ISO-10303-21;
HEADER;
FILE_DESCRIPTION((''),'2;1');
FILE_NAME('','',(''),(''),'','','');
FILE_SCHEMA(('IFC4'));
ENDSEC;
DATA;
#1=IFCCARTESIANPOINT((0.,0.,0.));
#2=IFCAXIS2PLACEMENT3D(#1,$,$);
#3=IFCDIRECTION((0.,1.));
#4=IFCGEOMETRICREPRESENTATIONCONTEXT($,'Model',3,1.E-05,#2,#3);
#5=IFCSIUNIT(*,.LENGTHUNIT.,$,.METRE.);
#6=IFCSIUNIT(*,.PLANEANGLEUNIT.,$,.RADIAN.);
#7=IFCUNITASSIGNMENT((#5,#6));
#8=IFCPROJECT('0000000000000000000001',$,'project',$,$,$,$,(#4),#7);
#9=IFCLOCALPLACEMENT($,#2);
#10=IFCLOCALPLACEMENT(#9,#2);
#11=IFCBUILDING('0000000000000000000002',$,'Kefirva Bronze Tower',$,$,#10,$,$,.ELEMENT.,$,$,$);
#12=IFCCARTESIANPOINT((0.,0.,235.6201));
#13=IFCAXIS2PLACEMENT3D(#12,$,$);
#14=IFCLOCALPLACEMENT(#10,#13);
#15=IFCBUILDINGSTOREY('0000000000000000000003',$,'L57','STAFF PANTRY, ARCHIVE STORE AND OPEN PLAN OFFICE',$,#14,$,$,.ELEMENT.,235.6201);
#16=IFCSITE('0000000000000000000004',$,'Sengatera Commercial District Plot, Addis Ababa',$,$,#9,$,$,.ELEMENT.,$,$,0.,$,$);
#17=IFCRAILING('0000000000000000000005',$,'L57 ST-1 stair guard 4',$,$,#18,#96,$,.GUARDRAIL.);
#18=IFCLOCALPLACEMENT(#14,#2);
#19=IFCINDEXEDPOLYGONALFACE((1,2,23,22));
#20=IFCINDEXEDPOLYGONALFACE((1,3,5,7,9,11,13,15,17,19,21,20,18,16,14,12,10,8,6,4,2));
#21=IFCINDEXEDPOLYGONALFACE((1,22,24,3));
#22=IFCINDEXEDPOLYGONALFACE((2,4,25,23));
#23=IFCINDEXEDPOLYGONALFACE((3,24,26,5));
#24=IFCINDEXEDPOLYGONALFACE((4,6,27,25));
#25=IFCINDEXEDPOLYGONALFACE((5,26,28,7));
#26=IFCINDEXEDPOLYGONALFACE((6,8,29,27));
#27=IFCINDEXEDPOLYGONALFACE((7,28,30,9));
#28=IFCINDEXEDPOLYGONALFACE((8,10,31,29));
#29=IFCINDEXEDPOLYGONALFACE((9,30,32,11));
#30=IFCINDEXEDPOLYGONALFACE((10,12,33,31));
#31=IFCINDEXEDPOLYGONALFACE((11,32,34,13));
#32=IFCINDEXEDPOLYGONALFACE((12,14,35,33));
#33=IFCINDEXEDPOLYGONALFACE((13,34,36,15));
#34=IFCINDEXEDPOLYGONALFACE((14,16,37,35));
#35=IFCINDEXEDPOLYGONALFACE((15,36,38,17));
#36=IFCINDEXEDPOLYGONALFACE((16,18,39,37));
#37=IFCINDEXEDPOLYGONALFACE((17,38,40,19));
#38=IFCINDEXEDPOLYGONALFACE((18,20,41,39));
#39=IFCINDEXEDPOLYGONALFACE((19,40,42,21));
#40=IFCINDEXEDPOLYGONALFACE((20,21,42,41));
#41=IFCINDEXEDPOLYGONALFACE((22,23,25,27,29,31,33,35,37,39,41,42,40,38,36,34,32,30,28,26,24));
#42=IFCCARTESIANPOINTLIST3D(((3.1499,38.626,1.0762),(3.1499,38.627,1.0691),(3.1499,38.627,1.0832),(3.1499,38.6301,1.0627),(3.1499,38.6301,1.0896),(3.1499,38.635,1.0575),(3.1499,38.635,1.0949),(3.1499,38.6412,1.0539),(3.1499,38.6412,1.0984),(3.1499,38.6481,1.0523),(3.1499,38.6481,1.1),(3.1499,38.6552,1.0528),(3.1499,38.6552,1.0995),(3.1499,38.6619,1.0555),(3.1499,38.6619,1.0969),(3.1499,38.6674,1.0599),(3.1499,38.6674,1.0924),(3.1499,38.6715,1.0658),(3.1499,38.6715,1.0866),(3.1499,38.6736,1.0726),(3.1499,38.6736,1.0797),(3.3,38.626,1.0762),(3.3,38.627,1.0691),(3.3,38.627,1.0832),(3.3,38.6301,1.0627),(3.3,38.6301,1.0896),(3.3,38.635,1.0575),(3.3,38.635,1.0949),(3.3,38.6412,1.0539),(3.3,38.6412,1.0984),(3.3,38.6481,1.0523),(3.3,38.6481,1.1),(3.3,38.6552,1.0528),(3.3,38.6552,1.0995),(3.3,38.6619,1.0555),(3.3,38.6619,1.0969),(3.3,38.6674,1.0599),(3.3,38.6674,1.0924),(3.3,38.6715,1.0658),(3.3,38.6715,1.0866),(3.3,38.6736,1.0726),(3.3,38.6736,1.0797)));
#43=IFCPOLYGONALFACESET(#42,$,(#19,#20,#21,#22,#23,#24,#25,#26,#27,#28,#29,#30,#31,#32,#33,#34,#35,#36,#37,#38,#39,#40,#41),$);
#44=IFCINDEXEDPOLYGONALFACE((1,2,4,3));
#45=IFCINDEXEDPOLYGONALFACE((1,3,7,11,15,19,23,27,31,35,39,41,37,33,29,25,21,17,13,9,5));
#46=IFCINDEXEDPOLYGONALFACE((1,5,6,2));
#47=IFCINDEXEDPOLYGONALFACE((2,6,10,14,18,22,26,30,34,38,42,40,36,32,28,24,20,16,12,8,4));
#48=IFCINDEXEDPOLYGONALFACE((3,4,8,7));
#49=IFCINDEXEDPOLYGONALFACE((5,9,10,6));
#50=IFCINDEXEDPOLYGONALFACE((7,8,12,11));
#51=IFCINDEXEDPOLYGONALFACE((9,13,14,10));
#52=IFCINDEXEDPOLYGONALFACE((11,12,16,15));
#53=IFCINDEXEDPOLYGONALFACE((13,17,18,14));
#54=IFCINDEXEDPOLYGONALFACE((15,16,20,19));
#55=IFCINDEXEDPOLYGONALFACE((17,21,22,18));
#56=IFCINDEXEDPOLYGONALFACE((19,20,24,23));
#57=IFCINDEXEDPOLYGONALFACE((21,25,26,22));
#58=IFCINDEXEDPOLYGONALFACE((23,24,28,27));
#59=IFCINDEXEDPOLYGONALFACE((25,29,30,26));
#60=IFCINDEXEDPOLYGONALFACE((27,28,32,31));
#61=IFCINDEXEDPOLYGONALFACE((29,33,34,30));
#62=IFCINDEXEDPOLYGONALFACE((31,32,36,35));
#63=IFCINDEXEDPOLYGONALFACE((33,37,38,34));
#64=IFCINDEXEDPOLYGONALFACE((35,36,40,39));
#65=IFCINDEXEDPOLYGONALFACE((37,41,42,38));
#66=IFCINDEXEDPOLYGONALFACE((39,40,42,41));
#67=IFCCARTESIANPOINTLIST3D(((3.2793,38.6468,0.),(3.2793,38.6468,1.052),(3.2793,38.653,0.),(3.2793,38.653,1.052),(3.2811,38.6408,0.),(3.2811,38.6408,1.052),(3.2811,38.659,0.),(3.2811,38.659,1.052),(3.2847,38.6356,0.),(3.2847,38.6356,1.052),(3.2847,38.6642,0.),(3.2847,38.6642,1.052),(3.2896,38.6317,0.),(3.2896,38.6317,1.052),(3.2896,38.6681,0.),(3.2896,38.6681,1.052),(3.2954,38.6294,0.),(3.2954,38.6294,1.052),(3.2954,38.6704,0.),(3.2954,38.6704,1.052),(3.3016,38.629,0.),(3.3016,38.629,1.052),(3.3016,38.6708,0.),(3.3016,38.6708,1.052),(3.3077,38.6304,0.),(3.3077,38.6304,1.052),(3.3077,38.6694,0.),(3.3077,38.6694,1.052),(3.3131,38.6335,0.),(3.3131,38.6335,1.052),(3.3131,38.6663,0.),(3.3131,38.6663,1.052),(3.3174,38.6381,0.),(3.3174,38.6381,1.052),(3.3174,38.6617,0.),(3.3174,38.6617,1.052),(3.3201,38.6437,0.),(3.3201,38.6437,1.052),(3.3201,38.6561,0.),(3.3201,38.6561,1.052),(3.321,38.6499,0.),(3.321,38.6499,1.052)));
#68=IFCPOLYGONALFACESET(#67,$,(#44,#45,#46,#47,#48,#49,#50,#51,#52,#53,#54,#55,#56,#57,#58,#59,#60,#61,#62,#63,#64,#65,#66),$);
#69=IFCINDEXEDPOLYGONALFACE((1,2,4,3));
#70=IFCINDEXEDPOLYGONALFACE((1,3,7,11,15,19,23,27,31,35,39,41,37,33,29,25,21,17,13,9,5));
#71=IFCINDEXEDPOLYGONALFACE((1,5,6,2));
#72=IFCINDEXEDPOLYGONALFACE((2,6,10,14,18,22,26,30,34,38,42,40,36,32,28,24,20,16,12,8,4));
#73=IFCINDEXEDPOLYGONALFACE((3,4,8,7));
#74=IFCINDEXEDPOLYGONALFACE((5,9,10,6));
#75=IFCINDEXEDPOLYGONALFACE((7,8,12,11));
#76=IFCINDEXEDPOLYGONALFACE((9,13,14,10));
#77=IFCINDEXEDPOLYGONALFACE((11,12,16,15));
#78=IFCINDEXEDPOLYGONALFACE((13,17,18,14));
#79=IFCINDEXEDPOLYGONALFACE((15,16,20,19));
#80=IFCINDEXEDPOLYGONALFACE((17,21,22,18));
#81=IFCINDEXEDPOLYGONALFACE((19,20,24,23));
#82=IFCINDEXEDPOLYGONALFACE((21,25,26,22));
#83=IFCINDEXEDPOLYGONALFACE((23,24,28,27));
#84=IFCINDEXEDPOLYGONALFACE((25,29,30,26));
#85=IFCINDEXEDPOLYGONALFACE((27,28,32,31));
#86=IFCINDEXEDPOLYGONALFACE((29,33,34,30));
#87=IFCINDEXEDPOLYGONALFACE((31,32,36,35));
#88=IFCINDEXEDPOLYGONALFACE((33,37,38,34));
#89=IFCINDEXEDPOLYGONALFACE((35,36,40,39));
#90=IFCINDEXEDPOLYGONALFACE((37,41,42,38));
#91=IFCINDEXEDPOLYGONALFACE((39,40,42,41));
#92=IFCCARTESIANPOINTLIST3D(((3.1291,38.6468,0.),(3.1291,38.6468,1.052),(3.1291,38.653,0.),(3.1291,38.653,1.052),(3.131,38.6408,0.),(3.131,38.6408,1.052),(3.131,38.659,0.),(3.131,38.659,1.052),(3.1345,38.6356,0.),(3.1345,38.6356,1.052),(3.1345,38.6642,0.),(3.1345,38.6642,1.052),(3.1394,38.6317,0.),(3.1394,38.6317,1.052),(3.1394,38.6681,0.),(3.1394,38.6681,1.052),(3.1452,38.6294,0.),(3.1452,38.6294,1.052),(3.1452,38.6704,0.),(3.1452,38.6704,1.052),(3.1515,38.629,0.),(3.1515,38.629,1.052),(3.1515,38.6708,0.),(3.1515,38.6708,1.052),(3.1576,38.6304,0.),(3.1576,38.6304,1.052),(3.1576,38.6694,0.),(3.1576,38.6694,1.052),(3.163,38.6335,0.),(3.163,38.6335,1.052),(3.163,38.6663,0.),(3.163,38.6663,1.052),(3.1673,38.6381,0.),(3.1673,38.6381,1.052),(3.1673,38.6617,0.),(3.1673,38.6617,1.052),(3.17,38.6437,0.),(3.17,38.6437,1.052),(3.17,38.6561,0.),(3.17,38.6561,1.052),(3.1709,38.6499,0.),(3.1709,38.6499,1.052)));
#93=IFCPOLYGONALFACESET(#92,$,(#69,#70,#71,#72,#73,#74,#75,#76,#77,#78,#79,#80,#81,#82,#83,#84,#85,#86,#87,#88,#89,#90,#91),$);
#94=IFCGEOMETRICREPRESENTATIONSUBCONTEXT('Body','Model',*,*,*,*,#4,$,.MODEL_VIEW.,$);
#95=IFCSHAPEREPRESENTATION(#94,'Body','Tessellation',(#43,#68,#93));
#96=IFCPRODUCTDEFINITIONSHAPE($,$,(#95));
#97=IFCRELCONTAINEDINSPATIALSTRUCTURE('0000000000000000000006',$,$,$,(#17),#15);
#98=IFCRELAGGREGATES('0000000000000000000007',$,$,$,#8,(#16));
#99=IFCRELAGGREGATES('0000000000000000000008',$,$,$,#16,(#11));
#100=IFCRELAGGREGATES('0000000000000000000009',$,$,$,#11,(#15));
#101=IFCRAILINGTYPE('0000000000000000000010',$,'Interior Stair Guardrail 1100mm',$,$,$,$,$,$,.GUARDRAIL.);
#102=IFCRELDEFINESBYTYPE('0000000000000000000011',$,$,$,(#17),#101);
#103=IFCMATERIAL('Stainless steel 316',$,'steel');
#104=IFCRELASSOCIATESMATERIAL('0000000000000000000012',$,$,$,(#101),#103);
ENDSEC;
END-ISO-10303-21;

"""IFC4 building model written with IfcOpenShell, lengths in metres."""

from ifc_helpers import new_model, si_unit, direction, frame, origin, origin_2d, place, context, subcontext, project, spatial, circle, extrude, material, type_object, element, save


model = new_model("IFC4")

# Units and contexts
model_context = context("Model", 3, precision=1e-05, world=origin(), true_north=direction((0.0, 1.0)))
body_context = subcontext(model_context, "Body", "Model", "MODEL_VIEW")
ifc_project = project(units=[si_unit("LENGTHUNIT", "METRE"), si_unit("PLANEANGLEUNIT", "RADIAN")], contexts=[model_context])

# Site, building, storey
site_placement = place(None, origin())
site = spatial("IfcSite", under=ifc_project, at=site_placement, Name="Sengatera Commercial District Plot, Addis Ababa", CompositionType="ELEMENT", RefElevation=0.0)
building_placement = place(site_placement, origin())
building = spatial("IfcBuilding", under=site, at=building_placement, Name="Kefirva Bronze Tower", CompositionType="ELEMENT")
storey_placement = place(building_placement, frame((0.0, 0.0, 235.6201)))
storey = spatial("IfcBuildingStorey", under=building, at=storey_placement, Name="L57", Description="STAFF PANTRY, ARCHIVE STORE AND OPEN PLAN OFFICE", CompositionType="ELEMENT", Elevation=235.6201)

# Railing
ifc_material_1 = material(Name="Stainless steel 316", Category="steel")
railing_type_1 = type_object("IfcRailingType", Name="Interior Stair Guardrail 1100mm", PredefinedType="GUARDRAIL", material=ifc_material_1)
railing_1_placement = place(storey_placement, frame((3.3, 38.6499, 0.0)))
element("IfcRailing", 1, at=railing_1_placement, inside=storey, type_object=railing_type_1, Name="L57 ST-1 stair guard 4", PredefinedType="GUARDRAIL", context=body_context, shape_type="SweptSolid", body=[
    extrude(circle(Radius=0.0239, at=origin_2d()), frame((0.0, 0.0, 1.0762), z_axis=(-1.0, 0.0, 0.0), x_axis=(0.0, -1.0, 0.0)), (0.0, 0.0, 1.0), 0.1501),
    extrude(circle(Radius=0.021, at=origin_2d()), origin(), (0.0, 0.0, 1.0), 1.052),
    extrude(circle(Radius=0.021, at=origin_2d()), frame((-0.1501, 0.0, 0.0)), (0.0, 0.0, 1.0), 1.052),
])

save(model, "model.ifc")
